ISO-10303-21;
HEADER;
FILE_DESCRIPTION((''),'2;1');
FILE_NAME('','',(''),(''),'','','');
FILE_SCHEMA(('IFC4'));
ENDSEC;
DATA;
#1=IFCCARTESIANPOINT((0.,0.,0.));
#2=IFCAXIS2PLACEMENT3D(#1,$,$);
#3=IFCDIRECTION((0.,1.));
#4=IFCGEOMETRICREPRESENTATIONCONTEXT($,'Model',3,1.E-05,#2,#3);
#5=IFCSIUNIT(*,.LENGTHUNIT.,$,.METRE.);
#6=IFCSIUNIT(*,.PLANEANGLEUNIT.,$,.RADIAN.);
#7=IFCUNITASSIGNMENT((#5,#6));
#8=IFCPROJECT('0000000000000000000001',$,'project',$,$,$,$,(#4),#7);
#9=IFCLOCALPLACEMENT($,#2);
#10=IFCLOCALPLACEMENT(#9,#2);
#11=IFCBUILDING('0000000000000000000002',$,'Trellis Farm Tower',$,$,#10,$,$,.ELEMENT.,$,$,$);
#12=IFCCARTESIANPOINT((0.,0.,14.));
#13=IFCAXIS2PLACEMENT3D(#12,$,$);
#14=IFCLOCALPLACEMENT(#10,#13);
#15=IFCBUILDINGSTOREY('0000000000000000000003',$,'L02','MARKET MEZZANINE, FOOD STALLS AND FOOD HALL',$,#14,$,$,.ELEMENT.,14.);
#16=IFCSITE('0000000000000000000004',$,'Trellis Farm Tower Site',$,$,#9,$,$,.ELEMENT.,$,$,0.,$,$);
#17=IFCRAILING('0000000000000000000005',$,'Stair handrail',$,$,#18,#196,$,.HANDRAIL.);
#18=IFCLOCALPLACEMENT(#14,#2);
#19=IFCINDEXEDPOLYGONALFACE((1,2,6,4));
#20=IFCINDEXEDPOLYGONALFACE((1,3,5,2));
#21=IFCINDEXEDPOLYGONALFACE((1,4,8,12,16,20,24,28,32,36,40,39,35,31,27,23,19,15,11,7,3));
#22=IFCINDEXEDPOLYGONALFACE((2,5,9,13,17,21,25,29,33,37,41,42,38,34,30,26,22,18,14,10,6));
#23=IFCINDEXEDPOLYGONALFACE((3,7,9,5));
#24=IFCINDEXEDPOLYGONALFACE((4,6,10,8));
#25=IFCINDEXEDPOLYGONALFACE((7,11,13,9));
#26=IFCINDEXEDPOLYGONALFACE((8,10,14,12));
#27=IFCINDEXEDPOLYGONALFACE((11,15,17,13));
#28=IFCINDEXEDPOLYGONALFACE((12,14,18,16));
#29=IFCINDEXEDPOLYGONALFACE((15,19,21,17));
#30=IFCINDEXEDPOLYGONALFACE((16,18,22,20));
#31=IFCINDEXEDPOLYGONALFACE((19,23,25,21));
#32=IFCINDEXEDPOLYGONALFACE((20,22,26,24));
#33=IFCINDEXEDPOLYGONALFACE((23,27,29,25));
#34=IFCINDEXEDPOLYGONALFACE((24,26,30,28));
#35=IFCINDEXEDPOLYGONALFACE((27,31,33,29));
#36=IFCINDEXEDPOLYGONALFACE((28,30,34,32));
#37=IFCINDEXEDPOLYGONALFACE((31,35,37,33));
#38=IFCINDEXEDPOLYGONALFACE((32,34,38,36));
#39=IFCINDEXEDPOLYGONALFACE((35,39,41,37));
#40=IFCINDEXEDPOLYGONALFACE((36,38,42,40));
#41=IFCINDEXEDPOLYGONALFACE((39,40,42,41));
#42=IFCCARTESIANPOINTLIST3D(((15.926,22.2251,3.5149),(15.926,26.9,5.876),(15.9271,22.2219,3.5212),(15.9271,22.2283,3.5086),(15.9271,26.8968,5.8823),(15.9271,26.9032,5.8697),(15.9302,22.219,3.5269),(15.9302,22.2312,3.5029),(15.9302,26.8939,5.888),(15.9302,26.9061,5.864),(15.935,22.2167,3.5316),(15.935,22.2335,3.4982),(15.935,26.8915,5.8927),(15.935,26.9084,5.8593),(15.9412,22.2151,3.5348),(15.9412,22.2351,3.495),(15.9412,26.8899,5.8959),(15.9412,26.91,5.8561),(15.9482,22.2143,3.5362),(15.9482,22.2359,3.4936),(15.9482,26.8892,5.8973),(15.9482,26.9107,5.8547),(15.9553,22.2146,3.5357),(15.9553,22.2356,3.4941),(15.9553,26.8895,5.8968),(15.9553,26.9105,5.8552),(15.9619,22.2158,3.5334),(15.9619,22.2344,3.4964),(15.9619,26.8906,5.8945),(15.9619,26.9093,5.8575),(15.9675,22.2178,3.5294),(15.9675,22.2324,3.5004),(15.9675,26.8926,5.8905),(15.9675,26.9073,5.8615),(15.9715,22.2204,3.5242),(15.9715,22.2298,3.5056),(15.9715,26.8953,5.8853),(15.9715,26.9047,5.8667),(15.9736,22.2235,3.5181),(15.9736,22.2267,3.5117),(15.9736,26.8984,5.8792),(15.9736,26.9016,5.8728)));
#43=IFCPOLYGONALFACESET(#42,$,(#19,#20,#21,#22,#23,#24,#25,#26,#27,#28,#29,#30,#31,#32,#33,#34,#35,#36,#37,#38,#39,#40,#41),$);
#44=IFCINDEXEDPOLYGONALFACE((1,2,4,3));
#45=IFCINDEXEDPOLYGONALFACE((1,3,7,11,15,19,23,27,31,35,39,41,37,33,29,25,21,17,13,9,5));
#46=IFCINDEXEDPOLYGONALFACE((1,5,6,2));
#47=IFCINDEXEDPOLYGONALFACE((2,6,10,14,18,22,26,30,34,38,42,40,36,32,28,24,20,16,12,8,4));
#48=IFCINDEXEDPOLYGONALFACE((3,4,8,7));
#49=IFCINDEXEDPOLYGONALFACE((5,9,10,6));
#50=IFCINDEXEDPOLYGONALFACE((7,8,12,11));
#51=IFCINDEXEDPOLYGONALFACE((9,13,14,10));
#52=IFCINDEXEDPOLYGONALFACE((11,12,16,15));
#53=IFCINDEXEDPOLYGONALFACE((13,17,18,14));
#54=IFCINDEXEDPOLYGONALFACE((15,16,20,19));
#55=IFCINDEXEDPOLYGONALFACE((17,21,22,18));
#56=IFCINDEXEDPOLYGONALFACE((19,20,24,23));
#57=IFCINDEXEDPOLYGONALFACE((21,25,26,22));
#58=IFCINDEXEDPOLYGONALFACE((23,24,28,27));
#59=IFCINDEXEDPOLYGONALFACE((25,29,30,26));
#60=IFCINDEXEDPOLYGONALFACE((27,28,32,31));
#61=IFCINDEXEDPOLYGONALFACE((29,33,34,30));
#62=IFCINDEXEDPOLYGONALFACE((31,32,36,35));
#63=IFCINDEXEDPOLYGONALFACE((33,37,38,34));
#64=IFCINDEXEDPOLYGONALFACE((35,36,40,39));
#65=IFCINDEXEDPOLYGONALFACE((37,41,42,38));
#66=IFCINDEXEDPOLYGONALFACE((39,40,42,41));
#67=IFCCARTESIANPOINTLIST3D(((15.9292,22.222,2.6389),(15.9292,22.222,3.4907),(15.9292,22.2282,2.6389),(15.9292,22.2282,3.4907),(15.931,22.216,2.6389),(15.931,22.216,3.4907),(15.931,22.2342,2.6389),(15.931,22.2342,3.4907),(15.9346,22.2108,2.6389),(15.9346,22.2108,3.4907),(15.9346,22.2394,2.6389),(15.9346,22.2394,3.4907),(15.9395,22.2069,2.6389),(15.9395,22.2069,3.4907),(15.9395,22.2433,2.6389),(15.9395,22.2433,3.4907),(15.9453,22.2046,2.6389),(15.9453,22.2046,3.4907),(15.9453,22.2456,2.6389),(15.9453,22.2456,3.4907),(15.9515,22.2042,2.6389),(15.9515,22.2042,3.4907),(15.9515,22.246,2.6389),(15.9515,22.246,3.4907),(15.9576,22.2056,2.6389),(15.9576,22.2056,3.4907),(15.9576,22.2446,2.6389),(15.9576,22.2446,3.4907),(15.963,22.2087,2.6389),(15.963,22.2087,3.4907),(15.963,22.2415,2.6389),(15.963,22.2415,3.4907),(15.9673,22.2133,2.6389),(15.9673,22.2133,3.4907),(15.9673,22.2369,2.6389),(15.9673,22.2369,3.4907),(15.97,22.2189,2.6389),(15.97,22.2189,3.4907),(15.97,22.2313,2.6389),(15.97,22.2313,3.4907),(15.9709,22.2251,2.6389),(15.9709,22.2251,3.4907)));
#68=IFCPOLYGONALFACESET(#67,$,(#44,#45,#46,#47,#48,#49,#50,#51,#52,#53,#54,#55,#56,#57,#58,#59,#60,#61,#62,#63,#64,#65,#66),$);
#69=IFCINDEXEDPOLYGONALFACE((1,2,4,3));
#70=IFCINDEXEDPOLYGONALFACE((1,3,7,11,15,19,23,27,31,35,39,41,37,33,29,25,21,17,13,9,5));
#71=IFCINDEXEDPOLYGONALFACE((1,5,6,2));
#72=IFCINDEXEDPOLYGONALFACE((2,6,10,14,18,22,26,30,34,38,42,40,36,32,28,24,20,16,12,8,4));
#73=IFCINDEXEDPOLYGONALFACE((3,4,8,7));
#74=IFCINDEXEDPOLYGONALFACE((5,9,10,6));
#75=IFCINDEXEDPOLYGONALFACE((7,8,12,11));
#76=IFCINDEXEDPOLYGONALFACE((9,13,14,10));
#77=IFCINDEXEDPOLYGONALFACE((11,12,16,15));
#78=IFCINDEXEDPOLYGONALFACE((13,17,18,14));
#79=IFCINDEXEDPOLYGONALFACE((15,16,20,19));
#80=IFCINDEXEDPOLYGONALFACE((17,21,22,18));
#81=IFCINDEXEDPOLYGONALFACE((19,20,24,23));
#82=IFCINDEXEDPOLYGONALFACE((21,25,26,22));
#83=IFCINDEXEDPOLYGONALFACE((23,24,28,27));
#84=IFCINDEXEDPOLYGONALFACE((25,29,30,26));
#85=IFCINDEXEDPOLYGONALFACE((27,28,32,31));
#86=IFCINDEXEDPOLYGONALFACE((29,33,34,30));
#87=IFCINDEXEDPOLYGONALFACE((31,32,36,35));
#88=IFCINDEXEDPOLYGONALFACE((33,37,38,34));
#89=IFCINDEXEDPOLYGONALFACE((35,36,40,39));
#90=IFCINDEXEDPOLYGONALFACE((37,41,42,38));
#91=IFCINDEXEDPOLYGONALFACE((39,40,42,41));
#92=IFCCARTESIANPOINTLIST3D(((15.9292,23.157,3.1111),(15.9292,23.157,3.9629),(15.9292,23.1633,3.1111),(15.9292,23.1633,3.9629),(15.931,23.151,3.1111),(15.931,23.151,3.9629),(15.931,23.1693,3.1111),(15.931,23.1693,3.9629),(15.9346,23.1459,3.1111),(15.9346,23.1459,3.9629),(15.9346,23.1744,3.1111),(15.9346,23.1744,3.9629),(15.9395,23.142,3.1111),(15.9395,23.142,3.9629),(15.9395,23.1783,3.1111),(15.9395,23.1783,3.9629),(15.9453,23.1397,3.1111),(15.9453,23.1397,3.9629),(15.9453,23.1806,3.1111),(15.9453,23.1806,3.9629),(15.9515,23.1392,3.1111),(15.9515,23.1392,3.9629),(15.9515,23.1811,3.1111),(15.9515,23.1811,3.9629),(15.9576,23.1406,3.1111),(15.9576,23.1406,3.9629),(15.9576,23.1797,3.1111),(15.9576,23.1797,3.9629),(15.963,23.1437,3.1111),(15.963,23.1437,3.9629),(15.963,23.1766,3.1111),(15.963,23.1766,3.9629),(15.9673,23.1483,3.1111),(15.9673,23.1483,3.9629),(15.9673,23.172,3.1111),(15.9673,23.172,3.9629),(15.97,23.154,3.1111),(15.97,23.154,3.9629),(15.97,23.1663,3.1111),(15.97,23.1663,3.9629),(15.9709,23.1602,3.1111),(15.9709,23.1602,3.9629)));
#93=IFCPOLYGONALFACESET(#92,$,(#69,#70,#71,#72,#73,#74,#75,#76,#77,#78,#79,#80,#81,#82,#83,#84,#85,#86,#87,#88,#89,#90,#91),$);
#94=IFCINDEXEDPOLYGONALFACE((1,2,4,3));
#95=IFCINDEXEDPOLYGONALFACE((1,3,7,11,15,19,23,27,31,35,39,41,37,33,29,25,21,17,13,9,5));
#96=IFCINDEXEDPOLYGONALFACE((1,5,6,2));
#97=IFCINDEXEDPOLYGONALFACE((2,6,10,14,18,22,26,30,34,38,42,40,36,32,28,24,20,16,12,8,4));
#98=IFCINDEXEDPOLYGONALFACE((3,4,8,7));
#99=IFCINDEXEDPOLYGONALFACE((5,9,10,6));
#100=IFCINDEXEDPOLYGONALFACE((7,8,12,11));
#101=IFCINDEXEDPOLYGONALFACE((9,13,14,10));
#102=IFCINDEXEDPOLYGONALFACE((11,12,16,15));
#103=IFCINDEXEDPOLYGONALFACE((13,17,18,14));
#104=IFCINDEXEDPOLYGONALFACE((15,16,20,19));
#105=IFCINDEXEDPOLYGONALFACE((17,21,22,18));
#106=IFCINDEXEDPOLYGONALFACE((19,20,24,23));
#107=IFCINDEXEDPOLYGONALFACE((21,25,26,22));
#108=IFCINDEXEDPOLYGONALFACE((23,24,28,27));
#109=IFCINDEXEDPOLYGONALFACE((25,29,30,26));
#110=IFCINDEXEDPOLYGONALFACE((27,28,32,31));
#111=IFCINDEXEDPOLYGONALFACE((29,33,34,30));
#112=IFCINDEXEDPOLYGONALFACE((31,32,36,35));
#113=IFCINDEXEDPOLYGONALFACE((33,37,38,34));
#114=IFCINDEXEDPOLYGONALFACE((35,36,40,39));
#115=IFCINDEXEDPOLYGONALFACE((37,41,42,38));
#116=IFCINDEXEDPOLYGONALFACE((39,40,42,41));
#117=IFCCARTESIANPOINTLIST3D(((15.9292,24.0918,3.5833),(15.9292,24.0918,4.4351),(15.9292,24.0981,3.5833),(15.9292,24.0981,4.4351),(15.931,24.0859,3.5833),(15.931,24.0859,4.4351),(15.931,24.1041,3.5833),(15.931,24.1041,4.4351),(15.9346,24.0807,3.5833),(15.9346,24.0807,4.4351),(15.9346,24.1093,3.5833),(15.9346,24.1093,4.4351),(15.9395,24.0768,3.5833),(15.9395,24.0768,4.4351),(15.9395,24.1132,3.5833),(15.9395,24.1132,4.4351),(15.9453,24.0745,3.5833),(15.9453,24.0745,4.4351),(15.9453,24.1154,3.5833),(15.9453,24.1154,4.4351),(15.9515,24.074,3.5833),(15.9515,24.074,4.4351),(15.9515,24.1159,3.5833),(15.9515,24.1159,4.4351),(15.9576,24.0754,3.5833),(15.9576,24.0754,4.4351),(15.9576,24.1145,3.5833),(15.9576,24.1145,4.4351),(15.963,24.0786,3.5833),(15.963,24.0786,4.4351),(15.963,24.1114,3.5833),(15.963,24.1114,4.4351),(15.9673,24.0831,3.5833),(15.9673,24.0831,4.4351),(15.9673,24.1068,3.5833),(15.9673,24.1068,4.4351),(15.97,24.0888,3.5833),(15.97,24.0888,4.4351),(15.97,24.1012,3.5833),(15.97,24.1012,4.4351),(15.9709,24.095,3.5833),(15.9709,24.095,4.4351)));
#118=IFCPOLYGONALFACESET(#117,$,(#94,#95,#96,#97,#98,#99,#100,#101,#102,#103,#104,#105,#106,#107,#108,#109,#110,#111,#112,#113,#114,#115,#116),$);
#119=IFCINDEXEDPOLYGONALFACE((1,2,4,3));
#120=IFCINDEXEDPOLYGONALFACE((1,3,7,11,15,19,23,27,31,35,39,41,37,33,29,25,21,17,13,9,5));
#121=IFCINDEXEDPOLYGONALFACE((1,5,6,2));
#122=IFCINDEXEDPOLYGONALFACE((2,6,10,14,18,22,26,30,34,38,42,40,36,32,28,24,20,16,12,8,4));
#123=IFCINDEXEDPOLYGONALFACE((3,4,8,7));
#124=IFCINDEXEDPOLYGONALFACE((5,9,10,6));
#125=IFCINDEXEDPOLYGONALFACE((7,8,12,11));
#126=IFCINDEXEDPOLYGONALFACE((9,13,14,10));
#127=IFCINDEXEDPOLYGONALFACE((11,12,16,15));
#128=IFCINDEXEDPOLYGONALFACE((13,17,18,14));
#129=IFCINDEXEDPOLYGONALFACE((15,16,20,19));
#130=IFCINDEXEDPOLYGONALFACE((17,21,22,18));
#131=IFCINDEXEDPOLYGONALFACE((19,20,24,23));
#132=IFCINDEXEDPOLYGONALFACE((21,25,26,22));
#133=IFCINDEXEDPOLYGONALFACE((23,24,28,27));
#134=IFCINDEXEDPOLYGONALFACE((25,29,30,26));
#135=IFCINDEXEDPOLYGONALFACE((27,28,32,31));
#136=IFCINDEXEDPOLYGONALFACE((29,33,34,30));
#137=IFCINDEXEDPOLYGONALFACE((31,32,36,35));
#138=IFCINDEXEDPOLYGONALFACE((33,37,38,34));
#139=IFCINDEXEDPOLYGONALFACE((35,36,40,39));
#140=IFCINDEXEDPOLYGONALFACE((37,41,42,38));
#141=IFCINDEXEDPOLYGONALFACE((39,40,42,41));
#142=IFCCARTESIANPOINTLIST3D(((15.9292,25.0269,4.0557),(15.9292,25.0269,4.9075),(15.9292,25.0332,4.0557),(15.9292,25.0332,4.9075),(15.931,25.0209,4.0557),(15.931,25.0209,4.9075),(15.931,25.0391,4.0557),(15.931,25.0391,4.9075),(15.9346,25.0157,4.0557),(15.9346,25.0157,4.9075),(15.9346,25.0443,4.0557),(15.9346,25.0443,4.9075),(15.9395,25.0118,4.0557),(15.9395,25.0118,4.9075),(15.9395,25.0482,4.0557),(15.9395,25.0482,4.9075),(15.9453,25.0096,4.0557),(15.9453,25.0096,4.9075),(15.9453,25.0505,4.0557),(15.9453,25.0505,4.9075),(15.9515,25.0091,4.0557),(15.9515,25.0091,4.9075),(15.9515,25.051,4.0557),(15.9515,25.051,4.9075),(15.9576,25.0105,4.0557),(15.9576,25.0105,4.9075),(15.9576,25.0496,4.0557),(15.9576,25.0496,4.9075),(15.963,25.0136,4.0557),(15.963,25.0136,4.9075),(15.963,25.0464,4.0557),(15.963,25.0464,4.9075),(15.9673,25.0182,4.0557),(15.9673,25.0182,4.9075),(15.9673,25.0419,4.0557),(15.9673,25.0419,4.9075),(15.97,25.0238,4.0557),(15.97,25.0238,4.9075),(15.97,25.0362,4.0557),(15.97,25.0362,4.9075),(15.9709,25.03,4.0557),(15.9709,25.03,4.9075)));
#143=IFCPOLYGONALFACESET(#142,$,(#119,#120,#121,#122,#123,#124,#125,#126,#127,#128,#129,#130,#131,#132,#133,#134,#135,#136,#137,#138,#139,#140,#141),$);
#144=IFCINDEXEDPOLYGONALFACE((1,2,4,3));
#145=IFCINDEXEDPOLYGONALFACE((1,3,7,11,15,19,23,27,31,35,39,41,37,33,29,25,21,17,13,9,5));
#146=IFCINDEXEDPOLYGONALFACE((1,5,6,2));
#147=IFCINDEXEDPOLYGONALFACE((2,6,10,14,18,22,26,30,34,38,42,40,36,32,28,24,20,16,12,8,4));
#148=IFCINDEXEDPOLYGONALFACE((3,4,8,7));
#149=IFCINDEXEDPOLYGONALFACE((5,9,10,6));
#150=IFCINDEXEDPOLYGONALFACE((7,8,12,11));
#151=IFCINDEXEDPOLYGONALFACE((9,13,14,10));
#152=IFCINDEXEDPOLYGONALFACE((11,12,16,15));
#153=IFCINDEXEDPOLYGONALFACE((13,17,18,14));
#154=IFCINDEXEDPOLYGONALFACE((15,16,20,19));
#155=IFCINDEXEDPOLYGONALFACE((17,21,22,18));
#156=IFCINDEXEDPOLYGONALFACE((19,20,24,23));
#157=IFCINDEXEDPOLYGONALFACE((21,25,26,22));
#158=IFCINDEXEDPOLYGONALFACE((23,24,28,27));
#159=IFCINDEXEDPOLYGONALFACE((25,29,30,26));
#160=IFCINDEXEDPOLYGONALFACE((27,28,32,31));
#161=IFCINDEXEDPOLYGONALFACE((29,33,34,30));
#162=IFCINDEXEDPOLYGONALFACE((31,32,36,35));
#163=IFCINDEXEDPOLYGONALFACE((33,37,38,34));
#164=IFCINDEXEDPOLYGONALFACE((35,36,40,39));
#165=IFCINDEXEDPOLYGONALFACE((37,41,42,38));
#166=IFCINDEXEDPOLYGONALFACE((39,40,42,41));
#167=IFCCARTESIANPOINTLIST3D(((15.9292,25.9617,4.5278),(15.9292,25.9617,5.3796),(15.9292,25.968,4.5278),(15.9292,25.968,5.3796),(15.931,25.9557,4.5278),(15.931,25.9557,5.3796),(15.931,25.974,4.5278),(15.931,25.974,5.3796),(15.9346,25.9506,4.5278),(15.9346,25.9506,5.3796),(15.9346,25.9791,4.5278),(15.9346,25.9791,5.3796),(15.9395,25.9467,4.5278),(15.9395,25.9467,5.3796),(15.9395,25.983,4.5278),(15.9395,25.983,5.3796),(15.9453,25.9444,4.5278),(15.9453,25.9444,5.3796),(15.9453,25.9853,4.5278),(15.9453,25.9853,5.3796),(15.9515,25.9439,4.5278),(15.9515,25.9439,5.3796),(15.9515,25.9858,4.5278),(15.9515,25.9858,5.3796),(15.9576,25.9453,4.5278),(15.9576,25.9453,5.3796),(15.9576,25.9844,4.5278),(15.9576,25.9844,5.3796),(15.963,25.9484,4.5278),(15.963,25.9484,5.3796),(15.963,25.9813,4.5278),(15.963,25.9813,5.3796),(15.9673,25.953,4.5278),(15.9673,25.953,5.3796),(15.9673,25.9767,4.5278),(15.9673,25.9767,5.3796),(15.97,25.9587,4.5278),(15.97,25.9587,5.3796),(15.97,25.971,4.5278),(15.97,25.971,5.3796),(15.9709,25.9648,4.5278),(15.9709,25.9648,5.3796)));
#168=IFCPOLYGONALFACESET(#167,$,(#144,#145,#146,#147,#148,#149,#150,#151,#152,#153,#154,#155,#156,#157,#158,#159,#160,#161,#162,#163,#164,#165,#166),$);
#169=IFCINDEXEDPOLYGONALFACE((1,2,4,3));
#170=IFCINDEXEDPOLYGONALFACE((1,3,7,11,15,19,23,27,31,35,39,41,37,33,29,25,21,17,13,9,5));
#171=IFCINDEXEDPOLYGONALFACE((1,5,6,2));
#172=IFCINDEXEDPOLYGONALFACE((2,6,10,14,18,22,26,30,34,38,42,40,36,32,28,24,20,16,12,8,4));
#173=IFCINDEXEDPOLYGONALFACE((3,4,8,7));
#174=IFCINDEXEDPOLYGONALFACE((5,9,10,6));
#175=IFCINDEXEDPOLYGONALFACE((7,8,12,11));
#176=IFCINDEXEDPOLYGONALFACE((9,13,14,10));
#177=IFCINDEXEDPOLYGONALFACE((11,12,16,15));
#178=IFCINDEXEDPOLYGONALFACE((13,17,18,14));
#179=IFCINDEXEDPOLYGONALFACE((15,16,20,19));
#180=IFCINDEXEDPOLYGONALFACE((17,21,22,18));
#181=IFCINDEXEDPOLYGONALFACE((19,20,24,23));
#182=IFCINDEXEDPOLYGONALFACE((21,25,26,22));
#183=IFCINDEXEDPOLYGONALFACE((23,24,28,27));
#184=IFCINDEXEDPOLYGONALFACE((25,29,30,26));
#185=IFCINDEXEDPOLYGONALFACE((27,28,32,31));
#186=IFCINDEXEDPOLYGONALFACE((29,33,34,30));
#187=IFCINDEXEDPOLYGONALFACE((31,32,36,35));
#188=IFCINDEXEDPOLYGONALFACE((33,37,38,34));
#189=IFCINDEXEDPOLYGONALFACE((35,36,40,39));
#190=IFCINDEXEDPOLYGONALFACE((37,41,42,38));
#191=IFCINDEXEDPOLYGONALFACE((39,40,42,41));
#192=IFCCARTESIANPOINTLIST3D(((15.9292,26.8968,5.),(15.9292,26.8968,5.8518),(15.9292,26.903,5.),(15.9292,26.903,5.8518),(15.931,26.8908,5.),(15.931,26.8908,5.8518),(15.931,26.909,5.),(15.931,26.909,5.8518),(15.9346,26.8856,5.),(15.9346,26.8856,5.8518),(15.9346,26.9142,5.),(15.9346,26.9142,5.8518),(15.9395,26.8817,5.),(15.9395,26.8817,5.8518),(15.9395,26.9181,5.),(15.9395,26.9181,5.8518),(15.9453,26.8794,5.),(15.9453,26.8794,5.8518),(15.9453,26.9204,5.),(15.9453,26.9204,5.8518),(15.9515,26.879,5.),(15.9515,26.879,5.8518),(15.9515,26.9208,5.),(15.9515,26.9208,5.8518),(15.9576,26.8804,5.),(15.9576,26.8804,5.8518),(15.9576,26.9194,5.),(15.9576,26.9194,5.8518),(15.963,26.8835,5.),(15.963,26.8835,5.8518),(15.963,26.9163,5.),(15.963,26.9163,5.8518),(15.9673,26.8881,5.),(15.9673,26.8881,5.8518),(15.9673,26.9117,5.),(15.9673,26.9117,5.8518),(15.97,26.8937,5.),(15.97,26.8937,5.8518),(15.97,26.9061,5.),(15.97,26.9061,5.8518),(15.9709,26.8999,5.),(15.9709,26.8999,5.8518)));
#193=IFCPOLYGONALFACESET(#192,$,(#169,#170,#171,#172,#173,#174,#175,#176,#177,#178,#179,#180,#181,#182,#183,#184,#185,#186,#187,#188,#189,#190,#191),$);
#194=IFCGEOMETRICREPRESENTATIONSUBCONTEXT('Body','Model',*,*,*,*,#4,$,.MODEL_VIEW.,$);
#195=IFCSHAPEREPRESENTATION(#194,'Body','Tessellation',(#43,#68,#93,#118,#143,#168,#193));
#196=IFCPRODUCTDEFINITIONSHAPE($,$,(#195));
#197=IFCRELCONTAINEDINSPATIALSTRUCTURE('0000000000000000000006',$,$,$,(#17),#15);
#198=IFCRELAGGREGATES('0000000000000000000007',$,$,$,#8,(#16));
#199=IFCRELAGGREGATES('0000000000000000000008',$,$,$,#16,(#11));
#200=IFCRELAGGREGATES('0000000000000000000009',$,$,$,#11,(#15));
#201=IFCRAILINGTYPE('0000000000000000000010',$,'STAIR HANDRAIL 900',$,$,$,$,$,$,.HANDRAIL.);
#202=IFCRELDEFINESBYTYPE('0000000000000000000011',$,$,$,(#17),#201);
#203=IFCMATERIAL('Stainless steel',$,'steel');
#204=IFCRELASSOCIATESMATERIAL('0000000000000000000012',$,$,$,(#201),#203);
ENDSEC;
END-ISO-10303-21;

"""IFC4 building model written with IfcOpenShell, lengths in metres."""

from ifc_helpers import new_model, si_unit, direction, frame, origin, origin_2d, place, context, subcontext, project, spatial, circle, extrude, source, transform, mapped, material, type_object, element, save


model = new_model("IFC4")

# Units and contexts
model_context = context("Model", 3, precision=1e-05, world=origin(), true_north=direction((0.0, 1.0)))
body_context = subcontext(model_context, "Body", "Model", "MODEL_VIEW")
ifc_project = project(units=[si_unit("LENGTHUNIT", "METRE"), si_unit("PLANEANGLEUNIT", "RADIAN")], contexts=[model_context])

# Site, building, storey
site_placement = place(None, origin())
site = spatial("IfcSite", under=ifc_project, at=site_placement, Name="Trellis Farm Tower Site", CompositionType="ELEMENT", RefElevation=0.0)
building_placement = place(site_placement, origin())
building = spatial("IfcBuilding", under=site, at=building_placement, Name="Trellis Farm Tower", CompositionType="ELEMENT")
storey_placement = place(building_placement, frame((0.0, 0.0, 14.0)))
storey = spatial("IfcBuildingStorey", under=building, at=storey_placement, Name="L02", Description="MARKET MEZZANINE, FOOD STALLS AND FOOD HALL", CompositionType="ELEMENT", Elevation=14.0)

# Railing
ifc_material_1 = material(Name="Stainless steel", Category="steel")
railing_type = type_object("IfcRailingType", Name="STAIR HANDRAIL 900", PredefinedType="HANDRAIL", material=ifc_material_1)
shared_shape_1 = source(origin(), body_context, "Body", "SweptSolid", [
    extrude(circle(Radius=0.0239, at=origin_2d()), frame((0.0, 0.0, 0.876), z_axis=(0.0, 0.892611, 0.450827), x_axis=(-1.0, 0.0, 0.0)), (0.0, 0.0, 1.0), 5.2373),
    extrude(circle(Radius=0.021, at=origin_2d()), origin(), (0.0, 0.0, 1.0), 0.8518),
    extrude(circle(Radius=0.021, at=origin_2d()), frame((0.0, 0.9351, 0.4722)), (0.0, 0.0, 1.0), 0.8518),
    extrude(circle(Radius=0.021, at=origin_2d()), frame((0.0, 1.8699, 0.9443)), (0.0, 0.0, 1.0), 0.8518),
    extrude(circle(Radius=0.021, at=origin_2d()), frame((0.0, 2.8049, 1.4167)), (0.0, 0.0, 1.0), 0.8518),
    extrude(circle(Radius=0.021, at=origin_2d()), frame((0.0, 3.7397, 1.8889)), (0.0, 0.0, 1.0), 0.8518),
    extrude(circle(Radius=0.021, at=origin_2d()), frame((0.0, 4.6748, 2.3611)), (0.0, 0.0, 1.0), 0.8518),
])
for number, where, name in (
    (1, (15.95, 22.2251, 2.6389), "Stair handrail"),
):
    element("IfcRailing", number, at=place(storey_placement, frame(where)), inside=storey, type_object=railing_type, Name=name, PredefinedType="HANDRAIL", context=body_context, shape_type="MappedRepresentation", body=[
        mapped(shared_shape_1, transform((0.0, 0.0, 0.0))),
    ])

save(model, "model.ifc")
